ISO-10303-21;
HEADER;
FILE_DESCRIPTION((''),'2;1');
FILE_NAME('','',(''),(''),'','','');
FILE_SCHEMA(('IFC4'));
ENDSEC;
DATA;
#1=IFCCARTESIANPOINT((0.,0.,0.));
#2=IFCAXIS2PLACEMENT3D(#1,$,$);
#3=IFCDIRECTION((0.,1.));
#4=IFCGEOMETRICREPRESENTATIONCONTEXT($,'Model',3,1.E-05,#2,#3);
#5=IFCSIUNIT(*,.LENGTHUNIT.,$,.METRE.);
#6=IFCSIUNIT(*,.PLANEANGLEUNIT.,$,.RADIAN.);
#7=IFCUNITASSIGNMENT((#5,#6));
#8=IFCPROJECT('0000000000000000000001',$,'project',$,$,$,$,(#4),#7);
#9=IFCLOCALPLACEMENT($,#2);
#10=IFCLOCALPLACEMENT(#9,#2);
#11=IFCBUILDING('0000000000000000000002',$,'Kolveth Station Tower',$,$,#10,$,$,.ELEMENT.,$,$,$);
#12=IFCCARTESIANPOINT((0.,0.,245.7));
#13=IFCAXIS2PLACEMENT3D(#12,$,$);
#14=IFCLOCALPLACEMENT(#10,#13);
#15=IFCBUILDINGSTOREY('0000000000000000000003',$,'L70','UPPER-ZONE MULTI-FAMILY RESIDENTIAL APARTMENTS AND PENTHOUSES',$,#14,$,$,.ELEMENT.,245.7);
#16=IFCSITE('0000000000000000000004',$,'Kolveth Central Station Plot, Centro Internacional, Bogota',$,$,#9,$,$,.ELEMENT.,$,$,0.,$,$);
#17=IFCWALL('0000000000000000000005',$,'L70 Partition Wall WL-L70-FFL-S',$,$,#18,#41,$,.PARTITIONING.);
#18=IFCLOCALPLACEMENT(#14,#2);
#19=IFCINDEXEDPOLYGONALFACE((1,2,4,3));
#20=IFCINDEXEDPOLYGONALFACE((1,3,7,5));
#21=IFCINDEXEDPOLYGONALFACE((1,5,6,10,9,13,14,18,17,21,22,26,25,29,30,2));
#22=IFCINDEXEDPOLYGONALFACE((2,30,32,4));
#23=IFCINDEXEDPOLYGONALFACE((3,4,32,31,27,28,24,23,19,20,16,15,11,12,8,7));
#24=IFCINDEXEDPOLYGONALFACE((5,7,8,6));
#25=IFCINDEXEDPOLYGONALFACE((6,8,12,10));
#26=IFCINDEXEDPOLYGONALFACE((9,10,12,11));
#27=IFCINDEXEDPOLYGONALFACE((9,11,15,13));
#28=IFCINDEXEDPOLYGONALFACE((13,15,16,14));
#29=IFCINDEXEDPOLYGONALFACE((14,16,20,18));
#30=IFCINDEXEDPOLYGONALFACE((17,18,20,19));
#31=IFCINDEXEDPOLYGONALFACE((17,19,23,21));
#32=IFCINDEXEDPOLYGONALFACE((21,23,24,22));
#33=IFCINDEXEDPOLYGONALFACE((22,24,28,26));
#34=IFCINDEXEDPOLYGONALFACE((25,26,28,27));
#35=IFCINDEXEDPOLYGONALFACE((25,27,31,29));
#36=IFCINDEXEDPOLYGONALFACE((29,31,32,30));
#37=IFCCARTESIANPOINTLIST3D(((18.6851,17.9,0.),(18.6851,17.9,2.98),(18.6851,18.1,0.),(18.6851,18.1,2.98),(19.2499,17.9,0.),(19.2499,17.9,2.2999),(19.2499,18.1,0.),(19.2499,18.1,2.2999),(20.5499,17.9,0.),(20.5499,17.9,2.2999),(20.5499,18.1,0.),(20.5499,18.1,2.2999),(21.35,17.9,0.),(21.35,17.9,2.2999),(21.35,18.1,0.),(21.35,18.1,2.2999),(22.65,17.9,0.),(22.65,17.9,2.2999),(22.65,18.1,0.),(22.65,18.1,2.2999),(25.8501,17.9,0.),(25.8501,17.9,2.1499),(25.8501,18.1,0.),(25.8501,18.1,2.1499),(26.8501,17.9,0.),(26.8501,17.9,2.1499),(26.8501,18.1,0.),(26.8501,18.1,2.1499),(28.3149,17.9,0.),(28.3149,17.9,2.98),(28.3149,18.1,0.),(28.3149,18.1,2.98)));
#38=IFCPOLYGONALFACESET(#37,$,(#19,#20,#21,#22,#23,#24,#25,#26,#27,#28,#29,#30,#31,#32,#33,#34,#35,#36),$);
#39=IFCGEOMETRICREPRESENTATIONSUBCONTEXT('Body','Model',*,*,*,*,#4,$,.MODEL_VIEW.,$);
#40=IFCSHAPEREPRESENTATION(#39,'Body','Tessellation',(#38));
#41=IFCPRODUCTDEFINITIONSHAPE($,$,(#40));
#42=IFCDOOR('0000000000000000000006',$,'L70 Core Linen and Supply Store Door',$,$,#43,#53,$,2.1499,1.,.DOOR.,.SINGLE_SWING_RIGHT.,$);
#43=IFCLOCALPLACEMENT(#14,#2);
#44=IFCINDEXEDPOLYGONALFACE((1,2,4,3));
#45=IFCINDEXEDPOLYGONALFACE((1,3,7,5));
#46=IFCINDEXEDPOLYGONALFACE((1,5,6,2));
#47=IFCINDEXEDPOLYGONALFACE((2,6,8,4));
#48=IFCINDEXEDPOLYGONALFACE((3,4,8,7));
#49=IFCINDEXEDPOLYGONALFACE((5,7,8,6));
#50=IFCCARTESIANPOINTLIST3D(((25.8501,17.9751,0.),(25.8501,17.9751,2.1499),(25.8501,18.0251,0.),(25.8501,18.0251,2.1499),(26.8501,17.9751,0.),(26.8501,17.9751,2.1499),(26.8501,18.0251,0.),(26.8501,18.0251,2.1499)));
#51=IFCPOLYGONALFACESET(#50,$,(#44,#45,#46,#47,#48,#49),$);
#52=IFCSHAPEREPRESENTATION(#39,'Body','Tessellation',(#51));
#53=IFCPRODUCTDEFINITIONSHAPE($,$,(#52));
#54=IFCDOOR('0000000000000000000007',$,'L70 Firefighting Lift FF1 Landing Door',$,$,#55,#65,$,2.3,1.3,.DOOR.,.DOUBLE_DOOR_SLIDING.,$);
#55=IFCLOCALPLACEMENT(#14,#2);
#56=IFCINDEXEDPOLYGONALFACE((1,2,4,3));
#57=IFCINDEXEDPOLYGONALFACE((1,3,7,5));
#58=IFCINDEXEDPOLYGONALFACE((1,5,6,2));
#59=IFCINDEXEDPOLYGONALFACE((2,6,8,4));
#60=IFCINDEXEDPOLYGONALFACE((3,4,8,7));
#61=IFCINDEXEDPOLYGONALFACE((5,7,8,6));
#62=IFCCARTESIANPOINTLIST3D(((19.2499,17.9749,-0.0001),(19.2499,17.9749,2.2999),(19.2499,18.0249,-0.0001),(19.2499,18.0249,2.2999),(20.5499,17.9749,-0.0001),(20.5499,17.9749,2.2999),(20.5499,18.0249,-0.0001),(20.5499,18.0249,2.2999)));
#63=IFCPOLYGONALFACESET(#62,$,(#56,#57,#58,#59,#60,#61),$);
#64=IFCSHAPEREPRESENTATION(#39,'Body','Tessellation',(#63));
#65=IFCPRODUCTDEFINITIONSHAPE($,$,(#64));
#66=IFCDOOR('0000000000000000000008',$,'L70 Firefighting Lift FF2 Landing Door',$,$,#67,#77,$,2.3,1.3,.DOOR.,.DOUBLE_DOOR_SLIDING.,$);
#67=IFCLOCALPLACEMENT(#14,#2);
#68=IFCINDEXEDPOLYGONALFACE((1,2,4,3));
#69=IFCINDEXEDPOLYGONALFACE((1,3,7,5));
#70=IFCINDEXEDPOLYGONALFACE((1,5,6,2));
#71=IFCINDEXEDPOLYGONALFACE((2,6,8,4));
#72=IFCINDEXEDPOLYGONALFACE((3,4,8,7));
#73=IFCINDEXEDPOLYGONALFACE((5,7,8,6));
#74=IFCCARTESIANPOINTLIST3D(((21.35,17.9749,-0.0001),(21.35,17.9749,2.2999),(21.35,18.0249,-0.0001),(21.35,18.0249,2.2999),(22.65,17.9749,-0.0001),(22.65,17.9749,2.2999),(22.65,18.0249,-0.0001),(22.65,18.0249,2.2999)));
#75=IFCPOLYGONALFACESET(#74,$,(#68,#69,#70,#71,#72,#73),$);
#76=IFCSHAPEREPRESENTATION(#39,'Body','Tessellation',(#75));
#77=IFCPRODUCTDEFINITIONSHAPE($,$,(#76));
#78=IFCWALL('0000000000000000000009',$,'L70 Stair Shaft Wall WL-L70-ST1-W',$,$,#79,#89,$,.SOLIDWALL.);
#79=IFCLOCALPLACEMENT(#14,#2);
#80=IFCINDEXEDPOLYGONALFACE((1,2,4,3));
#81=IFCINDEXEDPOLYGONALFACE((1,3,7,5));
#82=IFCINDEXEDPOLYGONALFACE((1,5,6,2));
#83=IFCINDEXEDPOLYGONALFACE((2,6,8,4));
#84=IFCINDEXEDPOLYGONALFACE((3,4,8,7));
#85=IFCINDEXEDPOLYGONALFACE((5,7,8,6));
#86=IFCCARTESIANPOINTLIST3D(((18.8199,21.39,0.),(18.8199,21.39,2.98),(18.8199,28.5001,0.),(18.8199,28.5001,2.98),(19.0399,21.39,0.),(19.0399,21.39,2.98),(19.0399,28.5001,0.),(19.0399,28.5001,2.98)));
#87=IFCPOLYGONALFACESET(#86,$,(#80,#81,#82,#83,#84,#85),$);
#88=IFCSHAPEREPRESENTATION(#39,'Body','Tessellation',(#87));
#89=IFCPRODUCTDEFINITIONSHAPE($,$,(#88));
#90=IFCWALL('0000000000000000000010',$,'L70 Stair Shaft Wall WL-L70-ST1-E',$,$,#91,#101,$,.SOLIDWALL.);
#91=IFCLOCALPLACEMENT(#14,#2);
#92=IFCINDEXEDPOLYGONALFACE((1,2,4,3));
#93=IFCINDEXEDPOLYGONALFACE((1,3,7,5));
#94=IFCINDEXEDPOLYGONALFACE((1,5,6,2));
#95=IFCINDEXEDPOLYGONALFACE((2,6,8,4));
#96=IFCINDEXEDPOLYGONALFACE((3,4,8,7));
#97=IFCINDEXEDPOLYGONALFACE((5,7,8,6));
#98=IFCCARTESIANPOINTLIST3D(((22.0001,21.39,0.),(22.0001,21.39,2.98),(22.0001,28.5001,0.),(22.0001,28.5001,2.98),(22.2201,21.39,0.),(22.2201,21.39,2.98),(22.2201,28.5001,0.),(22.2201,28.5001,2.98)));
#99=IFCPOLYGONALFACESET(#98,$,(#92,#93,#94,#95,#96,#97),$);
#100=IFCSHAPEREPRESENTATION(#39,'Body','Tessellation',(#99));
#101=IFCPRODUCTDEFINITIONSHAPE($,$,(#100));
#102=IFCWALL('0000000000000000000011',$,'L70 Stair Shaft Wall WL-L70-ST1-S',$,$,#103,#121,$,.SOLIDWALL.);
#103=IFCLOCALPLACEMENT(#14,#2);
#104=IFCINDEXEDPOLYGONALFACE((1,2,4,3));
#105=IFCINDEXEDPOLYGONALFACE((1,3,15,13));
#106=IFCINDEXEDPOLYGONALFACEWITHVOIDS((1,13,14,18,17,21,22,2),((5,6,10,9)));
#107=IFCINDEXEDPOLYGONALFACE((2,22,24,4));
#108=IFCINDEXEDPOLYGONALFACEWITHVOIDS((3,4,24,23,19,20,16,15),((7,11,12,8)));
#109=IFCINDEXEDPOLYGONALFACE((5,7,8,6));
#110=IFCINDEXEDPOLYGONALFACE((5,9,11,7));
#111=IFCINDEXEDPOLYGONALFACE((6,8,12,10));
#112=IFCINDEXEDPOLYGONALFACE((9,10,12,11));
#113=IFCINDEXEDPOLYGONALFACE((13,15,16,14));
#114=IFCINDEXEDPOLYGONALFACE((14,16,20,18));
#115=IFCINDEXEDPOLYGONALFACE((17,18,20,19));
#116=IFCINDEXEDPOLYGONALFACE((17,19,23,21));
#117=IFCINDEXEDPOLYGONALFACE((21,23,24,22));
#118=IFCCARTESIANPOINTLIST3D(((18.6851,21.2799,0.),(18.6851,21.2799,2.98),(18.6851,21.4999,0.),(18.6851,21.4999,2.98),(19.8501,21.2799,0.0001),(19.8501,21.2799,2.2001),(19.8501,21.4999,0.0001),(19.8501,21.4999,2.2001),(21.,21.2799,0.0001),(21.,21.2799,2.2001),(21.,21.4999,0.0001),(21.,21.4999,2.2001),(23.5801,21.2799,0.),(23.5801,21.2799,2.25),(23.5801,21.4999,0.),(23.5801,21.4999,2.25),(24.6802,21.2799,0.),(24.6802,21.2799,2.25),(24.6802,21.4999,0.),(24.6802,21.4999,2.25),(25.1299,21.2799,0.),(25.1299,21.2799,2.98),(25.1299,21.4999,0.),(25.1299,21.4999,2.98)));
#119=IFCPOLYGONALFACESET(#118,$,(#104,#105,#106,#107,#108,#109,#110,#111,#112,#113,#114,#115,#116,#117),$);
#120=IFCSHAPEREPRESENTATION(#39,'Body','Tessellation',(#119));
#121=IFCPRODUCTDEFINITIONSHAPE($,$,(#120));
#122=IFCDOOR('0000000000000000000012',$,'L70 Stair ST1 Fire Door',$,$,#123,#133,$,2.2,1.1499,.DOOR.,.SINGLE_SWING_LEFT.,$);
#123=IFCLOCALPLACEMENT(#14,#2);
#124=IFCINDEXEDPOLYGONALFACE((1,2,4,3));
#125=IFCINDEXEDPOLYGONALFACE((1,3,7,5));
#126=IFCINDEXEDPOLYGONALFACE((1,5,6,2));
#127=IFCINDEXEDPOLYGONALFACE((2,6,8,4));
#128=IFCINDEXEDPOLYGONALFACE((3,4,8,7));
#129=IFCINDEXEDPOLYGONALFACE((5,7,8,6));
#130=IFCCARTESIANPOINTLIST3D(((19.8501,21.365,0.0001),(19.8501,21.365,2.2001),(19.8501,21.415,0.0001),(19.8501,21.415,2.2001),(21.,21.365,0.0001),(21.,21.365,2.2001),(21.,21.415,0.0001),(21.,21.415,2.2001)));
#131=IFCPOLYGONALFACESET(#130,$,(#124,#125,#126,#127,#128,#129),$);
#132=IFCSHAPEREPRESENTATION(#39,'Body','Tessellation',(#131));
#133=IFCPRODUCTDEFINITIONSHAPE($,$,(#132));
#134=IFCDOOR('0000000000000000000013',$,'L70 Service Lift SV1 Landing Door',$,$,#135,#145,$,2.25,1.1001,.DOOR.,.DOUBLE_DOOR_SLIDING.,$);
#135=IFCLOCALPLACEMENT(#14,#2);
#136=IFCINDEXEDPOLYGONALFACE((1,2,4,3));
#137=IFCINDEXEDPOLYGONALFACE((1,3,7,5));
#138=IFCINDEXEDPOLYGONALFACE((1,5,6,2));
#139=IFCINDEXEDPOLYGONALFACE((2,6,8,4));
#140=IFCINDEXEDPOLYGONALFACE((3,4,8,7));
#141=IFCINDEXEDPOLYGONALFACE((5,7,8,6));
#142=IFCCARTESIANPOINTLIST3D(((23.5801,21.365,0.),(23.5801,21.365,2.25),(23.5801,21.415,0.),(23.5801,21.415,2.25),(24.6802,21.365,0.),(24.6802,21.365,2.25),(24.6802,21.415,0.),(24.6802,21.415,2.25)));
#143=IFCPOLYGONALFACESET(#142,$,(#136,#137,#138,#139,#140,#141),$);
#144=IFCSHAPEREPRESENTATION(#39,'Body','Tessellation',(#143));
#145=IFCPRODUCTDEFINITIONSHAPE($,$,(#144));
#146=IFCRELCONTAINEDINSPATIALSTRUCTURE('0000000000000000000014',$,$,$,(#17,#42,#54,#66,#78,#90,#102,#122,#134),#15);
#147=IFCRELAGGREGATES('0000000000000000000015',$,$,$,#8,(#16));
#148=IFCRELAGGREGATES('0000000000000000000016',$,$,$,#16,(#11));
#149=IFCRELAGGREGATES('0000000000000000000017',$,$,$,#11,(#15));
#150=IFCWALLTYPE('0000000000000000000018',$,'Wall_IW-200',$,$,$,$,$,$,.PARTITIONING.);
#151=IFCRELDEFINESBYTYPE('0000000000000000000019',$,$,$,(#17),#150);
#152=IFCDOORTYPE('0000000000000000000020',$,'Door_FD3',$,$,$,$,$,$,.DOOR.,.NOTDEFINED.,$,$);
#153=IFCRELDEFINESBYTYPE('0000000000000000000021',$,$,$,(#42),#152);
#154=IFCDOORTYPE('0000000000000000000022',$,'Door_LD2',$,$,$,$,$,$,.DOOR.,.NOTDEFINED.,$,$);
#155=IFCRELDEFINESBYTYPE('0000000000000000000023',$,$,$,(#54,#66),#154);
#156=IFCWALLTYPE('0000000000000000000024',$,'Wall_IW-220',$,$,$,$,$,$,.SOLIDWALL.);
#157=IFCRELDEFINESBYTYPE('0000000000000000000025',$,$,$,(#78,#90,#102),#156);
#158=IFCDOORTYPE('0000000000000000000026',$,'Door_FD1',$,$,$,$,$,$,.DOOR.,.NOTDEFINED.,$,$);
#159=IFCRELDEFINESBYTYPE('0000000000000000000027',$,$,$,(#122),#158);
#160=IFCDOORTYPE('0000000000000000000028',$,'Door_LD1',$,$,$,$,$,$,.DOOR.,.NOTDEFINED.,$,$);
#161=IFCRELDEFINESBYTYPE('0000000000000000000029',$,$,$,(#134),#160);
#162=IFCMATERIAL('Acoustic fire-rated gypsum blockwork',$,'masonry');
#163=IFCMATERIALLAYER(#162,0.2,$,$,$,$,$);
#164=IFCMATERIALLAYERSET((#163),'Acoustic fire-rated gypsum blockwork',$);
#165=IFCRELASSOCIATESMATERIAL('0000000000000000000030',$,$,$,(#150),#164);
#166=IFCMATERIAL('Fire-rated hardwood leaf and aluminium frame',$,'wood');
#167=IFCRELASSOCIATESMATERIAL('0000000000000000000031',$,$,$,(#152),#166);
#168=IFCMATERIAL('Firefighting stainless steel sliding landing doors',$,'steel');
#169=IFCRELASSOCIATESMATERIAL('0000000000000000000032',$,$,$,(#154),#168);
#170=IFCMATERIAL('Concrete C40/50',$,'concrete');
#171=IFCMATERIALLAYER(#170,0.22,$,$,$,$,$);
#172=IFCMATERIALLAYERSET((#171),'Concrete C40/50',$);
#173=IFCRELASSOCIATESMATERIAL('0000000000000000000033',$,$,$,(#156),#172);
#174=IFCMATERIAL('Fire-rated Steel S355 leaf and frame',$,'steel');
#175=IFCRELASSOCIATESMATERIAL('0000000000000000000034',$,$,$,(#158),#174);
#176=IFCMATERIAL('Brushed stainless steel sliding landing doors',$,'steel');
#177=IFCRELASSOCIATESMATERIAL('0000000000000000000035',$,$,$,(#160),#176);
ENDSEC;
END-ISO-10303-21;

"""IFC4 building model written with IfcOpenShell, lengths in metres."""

from ifc_helpers import new_model, si_unit, direction, frame, frame_2d, origin, place, context, subcontext, project, spatial, rectangle, extrude, material, layer, layer_set, type_object, element, fill, save


model = new_model("IFC4")

# Units and contexts
model_context = context("Model", 3, precision=1e-05, world=origin(), true_north=direction((0.0, 1.0)))
body_context = subcontext(model_context, "Body", "Model", "MODEL_VIEW")
ifc_project = project(units=[si_unit("LENGTHUNIT", "METRE"), si_unit("PLANEANGLEUNIT", "RADIAN")], contexts=[model_context])

# Site, building, storey
site_placement = place(None, origin())
site = spatial("IfcSite", under=ifc_project, at=site_placement, Name="Kolveth Central Station Plot, Centro Internacional, Bogota", CompositionType="ELEMENT", RefElevation=0.0)
building_placement = place(site_placement, origin())
building = spatial("IfcBuilding", under=site, at=building_placement, Name="Kolveth Station Tower", CompositionType="ELEMENT")
storey_placement = place(building_placement, frame((0.0, 0.0, 245.7)))
storey = spatial("IfcBuildingStorey", under=building, at=storey_placement, Name="L70", Description="UPPER-ZONE MULTI-FAMILY RESIDENTIAL APARTMENTS AND PENTHOUSES", CompositionType="ELEMENT", Elevation=245.7)

# Shared definitions
ifc_material_1 = material(Name="Acoustic fire-rated gypsum blockwork", Category="masonry")
ifc_layer_1 = layer(ifc_material_1, 0.2)
ifc_layer_set_1 = layer_set([ifc_layer_1], Name="Acoustic fire-rated gypsum blockwork")
wall_type_1 = type_object("IfcWallType", Name="Wall_IW-200", PredefinedType="PARTITIONING", material=ifc_layer_set_1)

# Wall, openings, doors
wall_1_placement = place(storey_placement, frame((18.6851, 18.0, 0.0), z_axis=(0.0, 0.0, 1.0), x_axis=(1.0, 0.0, 0.0)))
wall_1 = element("IfcWall", 1, at=wall_1_placement, inside=storey, type_object=wall_type_1, Name="L70 Partition Wall WL-L70-FFL-S", PredefinedType="PARTITIONING", context=body_context, shape_type="SweptSolid", body=[
    extrude(rectangle(XDim=9.6299, YDim=0.2, at=frame_2d((4.8149, 0.0))), origin(), (0.0, 0.0, 1.0), 2.98),
])
opening_1_placement = place(wall_1_placement, frame((0.5649, 0.0, 0.0)))
opening_1 = element("IfcOpeningElement", 2, at=opening_1_placement, cuts=wall_1, PredefinedType="OPENING", context=body_context, shape_type="SweptSolid", body=[
    extrude(rectangle(XDim=1.3, YDim=2.3, at=frame_2d((0.6499, 1.1499))), frame((0.0, 0.1099, 0.0), z_axis=(0.0, -1.0, 0.0), x_axis=(1.0, 0.0, 0.0)), (0.0, 0.0, 1.0), 0.22),
])
opening_2_placement = place(wall_1_placement, frame((2.665, 0.0, 0.0)))
opening_2 = element("IfcOpeningElement", 3, at=opening_2_placement, cuts=wall_1, PredefinedType="OPENING", context=body_context, shape_type="SweptSolid", body=[
    extrude(rectangle(XDim=1.3, YDim=2.3, at=frame_2d((0.6499, 1.1499))), frame((0.0, 0.1099, 0.0), z_axis=(0.0, -1.0, 0.0), x_axis=(1.0, 0.0, 0.0)), (0.0, 0.0, 1.0), 0.22),
])
opening_3_placement = place(wall_1_placement, frame((7.165, 0.0, 0.0)))
opening_3 = element("IfcOpeningElement", 4, at=opening_3_placement, cuts=wall_1, PredefinedType="OPENING", context=body_context, shape_type="SweptSolid", body=[
    extrude(rectangle(XDim=1.0, YDim=2.1499, at=frame_2d((0.5, 1.075))), frame((0.0, 0.1099, 0.0), z_axis=(0.0, -1.0, 0.0), x_axis=(1.0, 0.0, 0.0)), (0.0, 0.0, 1.0), 0.22),
])
ifc_material_2 = material(Name="Fire-rated hardwood leaf and aluminium frame", Category="wood")
door_type_1 = type_object("IfcDoorType", Name="Door_FD3", OperationType="NOTDEFINED", PredefinedType="DOOR", material=ifc_material_2)
door_1_placement = place(opening_3_placement, frame((1.0, 0.0, 0.0), z_axis=(0.0, 0.0, 1.0), x_axis=(-1.0, 0.0, 0.0)))
door_1 = element("IfcDoor", 5, at=door_1_placement, inside=storey, type_object=door_type_1, Name="L70 Core Linen and Supply Store Door", OperationType="SINGLE_SWING_RIGHT", OverallHeight=2.1499, OverallWidth=1.0, PredefinedType="DOOR", context=body_context, shape_type="SweptSolid", body=[
    extrude(rectangle(XDim=1.0, YDim=2.1499, at=frame_2d((0.5, 1.075))), frame((0.0, 0.0249, 0.0), z_axis=(0.0, -1.0, 0.0), x_axis=(1.0, 0.0, 0.0)), (0.0, 0.0, 1.0), 0.05),
])
fill(opening_3, door_1)
ifc_material_3 = material(Name="Firefighting stainless steel sliding landing doors", Category="steel")
door_type_2 = type_object("IfcDoorType", Name="Door_LD2", OperationType="NOTDEFINED", PredefinedType="DOOR", material=ifc_material_3)
door_2_placement = place(opening_1_placement, origin())
door_2 = element("IfcDoor", 6, at=door_2_placement, inside=storey, type_object=door_type_2, Name="L70 Firefighting Lift FF1 Landing Door", OperationType="DOUBLE_DOOR_SLIDING", OverallHeight=2.3, OverallWidth=1.3, PredefinedType="DOOR", context=body_context, shape_type="SweptSolid", body=[
    extrude(rectangle(XDim=1.3, YDim=2.3, at=frame_2d((0.6499, 1.1499))), frame((0.0, 0.0249, 0.0), z_axis=(0.0, -1.0, 0.0), x_axis=(1.0, 0.0, 0.0)), (0.0, 0.0, 1.0), 0.05),
])
fill(opening_1, door_2)
door_3_placement = place(opening_2_placement, origin())
door_3 = element("IfcDoor", 7, at=door_3_placement, inside=storey, type_object=door_type_2, Name="L70 Firefighting Lift FF2 Landing Door", OperationType="DOUBLE_DOOR_SLIDING", OverallHeight=2.3, OverallWidth=1.3, PredefinedType="DOOR", context=body_context, shape_type="SweptSolid", body=[
    extrude(rectangle(XDim=1.3, YDim=2.3, at=frame_2d((0.6499, 1.1499))), frame((0.0, 0.0249, 0.0), z_axis=(0.0, -1.0, 0.0), x_axis=(1.0, 0.0, 0.0)), (0.0, 0.0, 1.0), 0.05),
])
fill(opening_2, door_3)

# Walls
ifc_material_4 = material(Name="Concrete C40/50", Category="concrete")
ifc_layer_2 = layer(ifc_material_4, 0.22)
ifc_layer_set_2 = layer_set([ifc_layer_2], Name="Concrete C40/50")
wall_type_2 = type_object("IfcWallType", Name="Wall_IW-220", PredefinedType="SOLIDWALL", material=ifc_layer_set_2)
for number, where, z_axis, x_axis, name in (
    (8, (18.9299, 21.3899, 0.0), (0.0, 0.0, 1.0), (0.0, 1.0, 0.0), "L70 Stair Shaft Wall WL-L70-ST1-W"),
    (9, (22.1101, 21.3899, 0.0), (0.0, 0.0, 1.0), (0.0, 1.0, 0.0), "L70 Stair Shaft Wall WL-L70-ST1-E"),
):
    element("IfcWall", number, at=place(storey_placement, frame(where, z_axis=z_axis, x_axis=x_axis)), inside=storey, type_object=wall_type_2, Name=name, PredefinedType="SOLIDWALL", context=body_context, shape_type="SweptSolid", body=[
        extrude(rectangle(XDim=7.1101, YDim=0.22, at=frame_2d((3.5552, 0.0))), origin(), (0.0, 0.0, 1.0), 2.98),
    ])

# Wall, openings, doors
wall_2_placement = place(storey_placement, frame((18.6851, 21.3899, 0.0), z_axis=(0.0, 0.0, 1.0), x_axis=(1.0, 0.0, 0.0)))
wall_2 = element("IfcWall", 10, at=wall_2_placement, inside=storey, type_object=wall_type_2, Name="L70 Stair Shaft Wall WL-L70-ST1-S", PredefinedType="SOLIDWALL", context=body_context, shape_type="SweptSolid", body=[
    extrude(rectangle(XDim=6.4448, YDim=0.22, at=frame_2d((3.2224, 0.0))), origin(), (0.0, 0.0, 1.0), 2.98),
])
opening_4_placement = place(wall_2_placement, frame((1.165, 0.0, 0.0)))
opening_4 = element("IfcOpeningElement", 11, at=opening_4_placement, cuts=wall_2, PredefinedType="OPENING", context=body_context, shape_type="SweptSolid", body=[
    extrude(rectangle(XDim=1.1499, YDim=2.2, at=frame_2d((0.575, 1.1001))), frame((0.0, 0.1199, 0.0), z_axis=(0.0, -1.0, 0.0), x_axis=(1.0, 0.0, 0.0)), (0.0, 0.0, 1.0), 0.24),
])
opening_5_placement = place(wall_2_placement, frame((4.895, 0.0, 0.0)))
opening_5 = element("IfcOpeningElement", 12, at=opening_5_placement, cuts=wall_2, PredefinedType="OPENING", context=body_context, shape_type="SweptSolid", body=[
    extrude(rectangle(XDim=1.1001, YDim=2.25, at=frame_2d((0.55, 1.125))), frame((0.0, 0.1199, 0.0), z_axis=(0.0, -1.0, 0.0), x_axis=(1.0, 0.0, 0.0)), (0.0, 0.0, 1.0), 0.24),
])
ifc_material_5 = material(Name="Fire-rated Steel S355 leaf and frame", Category="steel")
door_type_3 = type_object("IfcDoorType", Name="Door_FD1", OperationType="NOTDEFINED", PredefinedType="DOOR", material=ifc_material_5)
door_4_placement = place(opening_4_placement, frame((1.1499, 0.0, 0.0), z_axis=(0.0, 0.0, 1.0), x_axis=(-1.0, 0.0, 0.0)))
door_4 = element("IfcDoor", 13, at=door_4_placement, inside=storey, type_object=door_type_3, Name="L70 Stair ST1 Fire Door", OperationType="SINGLE_SWING_LEFT", OverallHeight=2.2, OverallWidth=1.1499, PredefinedType="DOOR", context=body_context, shape_type="SweptSolid", body=[
    extrude(rectangle(XDim=1.1499, YDim=2.2, at=frame_2d((0.575, 1.1001))), frame((0.0, 0.0249, 0.0), z_axis=(0.0, -1.0, 0.0), x_axis=(1.0, 0.0, 0.0)), (0.0, 0.0, 1.0), 0.05),
])
fill(opening_4, door_4)
ifc_material_6 = material(Name="Brushed stainless steel sliding landing doors", Category="steel")
door_type_4 = type_object("IfcDoorType", Name="Door_LD1", OperationType="NOTDEFINED", PredefinedType="DOOR", material=ifc_material_6)
door_5_placement = place(opening_5_placement, frame((1.1001, 0.0, 0.0), z_axis=(0.0, 0.0, 1.0), x_axis=(-1.0, 0.0, 0.0)))
door_5 = element("IfcDoor", 14, at=door_5_placement, inside=storey, type_object=door_type_4, Name="L70 Service Lift SV1 Landing Door", OperationType="DOUBLE_DOOR_SLIDING", OverallHeight=2.25, OverallWidth=1.1001, PredefinedType="DOOR", context=body_context, shape_type="SweptSolid", body=[
    extrude(rectangle(XDim=1.1001, YDim=2.25, at=frame_2d((0.55, 1.125))), frame((0.0, 0.0249, 0.0), z_axis=(0.0, -1.0, 0.0), x_axis=(1.0, 0.0, 0.0)), (0.0, 0.0, 1.0), 0.05),
])
fill(opening_5, door_5)

save(model, "model.ifc")
